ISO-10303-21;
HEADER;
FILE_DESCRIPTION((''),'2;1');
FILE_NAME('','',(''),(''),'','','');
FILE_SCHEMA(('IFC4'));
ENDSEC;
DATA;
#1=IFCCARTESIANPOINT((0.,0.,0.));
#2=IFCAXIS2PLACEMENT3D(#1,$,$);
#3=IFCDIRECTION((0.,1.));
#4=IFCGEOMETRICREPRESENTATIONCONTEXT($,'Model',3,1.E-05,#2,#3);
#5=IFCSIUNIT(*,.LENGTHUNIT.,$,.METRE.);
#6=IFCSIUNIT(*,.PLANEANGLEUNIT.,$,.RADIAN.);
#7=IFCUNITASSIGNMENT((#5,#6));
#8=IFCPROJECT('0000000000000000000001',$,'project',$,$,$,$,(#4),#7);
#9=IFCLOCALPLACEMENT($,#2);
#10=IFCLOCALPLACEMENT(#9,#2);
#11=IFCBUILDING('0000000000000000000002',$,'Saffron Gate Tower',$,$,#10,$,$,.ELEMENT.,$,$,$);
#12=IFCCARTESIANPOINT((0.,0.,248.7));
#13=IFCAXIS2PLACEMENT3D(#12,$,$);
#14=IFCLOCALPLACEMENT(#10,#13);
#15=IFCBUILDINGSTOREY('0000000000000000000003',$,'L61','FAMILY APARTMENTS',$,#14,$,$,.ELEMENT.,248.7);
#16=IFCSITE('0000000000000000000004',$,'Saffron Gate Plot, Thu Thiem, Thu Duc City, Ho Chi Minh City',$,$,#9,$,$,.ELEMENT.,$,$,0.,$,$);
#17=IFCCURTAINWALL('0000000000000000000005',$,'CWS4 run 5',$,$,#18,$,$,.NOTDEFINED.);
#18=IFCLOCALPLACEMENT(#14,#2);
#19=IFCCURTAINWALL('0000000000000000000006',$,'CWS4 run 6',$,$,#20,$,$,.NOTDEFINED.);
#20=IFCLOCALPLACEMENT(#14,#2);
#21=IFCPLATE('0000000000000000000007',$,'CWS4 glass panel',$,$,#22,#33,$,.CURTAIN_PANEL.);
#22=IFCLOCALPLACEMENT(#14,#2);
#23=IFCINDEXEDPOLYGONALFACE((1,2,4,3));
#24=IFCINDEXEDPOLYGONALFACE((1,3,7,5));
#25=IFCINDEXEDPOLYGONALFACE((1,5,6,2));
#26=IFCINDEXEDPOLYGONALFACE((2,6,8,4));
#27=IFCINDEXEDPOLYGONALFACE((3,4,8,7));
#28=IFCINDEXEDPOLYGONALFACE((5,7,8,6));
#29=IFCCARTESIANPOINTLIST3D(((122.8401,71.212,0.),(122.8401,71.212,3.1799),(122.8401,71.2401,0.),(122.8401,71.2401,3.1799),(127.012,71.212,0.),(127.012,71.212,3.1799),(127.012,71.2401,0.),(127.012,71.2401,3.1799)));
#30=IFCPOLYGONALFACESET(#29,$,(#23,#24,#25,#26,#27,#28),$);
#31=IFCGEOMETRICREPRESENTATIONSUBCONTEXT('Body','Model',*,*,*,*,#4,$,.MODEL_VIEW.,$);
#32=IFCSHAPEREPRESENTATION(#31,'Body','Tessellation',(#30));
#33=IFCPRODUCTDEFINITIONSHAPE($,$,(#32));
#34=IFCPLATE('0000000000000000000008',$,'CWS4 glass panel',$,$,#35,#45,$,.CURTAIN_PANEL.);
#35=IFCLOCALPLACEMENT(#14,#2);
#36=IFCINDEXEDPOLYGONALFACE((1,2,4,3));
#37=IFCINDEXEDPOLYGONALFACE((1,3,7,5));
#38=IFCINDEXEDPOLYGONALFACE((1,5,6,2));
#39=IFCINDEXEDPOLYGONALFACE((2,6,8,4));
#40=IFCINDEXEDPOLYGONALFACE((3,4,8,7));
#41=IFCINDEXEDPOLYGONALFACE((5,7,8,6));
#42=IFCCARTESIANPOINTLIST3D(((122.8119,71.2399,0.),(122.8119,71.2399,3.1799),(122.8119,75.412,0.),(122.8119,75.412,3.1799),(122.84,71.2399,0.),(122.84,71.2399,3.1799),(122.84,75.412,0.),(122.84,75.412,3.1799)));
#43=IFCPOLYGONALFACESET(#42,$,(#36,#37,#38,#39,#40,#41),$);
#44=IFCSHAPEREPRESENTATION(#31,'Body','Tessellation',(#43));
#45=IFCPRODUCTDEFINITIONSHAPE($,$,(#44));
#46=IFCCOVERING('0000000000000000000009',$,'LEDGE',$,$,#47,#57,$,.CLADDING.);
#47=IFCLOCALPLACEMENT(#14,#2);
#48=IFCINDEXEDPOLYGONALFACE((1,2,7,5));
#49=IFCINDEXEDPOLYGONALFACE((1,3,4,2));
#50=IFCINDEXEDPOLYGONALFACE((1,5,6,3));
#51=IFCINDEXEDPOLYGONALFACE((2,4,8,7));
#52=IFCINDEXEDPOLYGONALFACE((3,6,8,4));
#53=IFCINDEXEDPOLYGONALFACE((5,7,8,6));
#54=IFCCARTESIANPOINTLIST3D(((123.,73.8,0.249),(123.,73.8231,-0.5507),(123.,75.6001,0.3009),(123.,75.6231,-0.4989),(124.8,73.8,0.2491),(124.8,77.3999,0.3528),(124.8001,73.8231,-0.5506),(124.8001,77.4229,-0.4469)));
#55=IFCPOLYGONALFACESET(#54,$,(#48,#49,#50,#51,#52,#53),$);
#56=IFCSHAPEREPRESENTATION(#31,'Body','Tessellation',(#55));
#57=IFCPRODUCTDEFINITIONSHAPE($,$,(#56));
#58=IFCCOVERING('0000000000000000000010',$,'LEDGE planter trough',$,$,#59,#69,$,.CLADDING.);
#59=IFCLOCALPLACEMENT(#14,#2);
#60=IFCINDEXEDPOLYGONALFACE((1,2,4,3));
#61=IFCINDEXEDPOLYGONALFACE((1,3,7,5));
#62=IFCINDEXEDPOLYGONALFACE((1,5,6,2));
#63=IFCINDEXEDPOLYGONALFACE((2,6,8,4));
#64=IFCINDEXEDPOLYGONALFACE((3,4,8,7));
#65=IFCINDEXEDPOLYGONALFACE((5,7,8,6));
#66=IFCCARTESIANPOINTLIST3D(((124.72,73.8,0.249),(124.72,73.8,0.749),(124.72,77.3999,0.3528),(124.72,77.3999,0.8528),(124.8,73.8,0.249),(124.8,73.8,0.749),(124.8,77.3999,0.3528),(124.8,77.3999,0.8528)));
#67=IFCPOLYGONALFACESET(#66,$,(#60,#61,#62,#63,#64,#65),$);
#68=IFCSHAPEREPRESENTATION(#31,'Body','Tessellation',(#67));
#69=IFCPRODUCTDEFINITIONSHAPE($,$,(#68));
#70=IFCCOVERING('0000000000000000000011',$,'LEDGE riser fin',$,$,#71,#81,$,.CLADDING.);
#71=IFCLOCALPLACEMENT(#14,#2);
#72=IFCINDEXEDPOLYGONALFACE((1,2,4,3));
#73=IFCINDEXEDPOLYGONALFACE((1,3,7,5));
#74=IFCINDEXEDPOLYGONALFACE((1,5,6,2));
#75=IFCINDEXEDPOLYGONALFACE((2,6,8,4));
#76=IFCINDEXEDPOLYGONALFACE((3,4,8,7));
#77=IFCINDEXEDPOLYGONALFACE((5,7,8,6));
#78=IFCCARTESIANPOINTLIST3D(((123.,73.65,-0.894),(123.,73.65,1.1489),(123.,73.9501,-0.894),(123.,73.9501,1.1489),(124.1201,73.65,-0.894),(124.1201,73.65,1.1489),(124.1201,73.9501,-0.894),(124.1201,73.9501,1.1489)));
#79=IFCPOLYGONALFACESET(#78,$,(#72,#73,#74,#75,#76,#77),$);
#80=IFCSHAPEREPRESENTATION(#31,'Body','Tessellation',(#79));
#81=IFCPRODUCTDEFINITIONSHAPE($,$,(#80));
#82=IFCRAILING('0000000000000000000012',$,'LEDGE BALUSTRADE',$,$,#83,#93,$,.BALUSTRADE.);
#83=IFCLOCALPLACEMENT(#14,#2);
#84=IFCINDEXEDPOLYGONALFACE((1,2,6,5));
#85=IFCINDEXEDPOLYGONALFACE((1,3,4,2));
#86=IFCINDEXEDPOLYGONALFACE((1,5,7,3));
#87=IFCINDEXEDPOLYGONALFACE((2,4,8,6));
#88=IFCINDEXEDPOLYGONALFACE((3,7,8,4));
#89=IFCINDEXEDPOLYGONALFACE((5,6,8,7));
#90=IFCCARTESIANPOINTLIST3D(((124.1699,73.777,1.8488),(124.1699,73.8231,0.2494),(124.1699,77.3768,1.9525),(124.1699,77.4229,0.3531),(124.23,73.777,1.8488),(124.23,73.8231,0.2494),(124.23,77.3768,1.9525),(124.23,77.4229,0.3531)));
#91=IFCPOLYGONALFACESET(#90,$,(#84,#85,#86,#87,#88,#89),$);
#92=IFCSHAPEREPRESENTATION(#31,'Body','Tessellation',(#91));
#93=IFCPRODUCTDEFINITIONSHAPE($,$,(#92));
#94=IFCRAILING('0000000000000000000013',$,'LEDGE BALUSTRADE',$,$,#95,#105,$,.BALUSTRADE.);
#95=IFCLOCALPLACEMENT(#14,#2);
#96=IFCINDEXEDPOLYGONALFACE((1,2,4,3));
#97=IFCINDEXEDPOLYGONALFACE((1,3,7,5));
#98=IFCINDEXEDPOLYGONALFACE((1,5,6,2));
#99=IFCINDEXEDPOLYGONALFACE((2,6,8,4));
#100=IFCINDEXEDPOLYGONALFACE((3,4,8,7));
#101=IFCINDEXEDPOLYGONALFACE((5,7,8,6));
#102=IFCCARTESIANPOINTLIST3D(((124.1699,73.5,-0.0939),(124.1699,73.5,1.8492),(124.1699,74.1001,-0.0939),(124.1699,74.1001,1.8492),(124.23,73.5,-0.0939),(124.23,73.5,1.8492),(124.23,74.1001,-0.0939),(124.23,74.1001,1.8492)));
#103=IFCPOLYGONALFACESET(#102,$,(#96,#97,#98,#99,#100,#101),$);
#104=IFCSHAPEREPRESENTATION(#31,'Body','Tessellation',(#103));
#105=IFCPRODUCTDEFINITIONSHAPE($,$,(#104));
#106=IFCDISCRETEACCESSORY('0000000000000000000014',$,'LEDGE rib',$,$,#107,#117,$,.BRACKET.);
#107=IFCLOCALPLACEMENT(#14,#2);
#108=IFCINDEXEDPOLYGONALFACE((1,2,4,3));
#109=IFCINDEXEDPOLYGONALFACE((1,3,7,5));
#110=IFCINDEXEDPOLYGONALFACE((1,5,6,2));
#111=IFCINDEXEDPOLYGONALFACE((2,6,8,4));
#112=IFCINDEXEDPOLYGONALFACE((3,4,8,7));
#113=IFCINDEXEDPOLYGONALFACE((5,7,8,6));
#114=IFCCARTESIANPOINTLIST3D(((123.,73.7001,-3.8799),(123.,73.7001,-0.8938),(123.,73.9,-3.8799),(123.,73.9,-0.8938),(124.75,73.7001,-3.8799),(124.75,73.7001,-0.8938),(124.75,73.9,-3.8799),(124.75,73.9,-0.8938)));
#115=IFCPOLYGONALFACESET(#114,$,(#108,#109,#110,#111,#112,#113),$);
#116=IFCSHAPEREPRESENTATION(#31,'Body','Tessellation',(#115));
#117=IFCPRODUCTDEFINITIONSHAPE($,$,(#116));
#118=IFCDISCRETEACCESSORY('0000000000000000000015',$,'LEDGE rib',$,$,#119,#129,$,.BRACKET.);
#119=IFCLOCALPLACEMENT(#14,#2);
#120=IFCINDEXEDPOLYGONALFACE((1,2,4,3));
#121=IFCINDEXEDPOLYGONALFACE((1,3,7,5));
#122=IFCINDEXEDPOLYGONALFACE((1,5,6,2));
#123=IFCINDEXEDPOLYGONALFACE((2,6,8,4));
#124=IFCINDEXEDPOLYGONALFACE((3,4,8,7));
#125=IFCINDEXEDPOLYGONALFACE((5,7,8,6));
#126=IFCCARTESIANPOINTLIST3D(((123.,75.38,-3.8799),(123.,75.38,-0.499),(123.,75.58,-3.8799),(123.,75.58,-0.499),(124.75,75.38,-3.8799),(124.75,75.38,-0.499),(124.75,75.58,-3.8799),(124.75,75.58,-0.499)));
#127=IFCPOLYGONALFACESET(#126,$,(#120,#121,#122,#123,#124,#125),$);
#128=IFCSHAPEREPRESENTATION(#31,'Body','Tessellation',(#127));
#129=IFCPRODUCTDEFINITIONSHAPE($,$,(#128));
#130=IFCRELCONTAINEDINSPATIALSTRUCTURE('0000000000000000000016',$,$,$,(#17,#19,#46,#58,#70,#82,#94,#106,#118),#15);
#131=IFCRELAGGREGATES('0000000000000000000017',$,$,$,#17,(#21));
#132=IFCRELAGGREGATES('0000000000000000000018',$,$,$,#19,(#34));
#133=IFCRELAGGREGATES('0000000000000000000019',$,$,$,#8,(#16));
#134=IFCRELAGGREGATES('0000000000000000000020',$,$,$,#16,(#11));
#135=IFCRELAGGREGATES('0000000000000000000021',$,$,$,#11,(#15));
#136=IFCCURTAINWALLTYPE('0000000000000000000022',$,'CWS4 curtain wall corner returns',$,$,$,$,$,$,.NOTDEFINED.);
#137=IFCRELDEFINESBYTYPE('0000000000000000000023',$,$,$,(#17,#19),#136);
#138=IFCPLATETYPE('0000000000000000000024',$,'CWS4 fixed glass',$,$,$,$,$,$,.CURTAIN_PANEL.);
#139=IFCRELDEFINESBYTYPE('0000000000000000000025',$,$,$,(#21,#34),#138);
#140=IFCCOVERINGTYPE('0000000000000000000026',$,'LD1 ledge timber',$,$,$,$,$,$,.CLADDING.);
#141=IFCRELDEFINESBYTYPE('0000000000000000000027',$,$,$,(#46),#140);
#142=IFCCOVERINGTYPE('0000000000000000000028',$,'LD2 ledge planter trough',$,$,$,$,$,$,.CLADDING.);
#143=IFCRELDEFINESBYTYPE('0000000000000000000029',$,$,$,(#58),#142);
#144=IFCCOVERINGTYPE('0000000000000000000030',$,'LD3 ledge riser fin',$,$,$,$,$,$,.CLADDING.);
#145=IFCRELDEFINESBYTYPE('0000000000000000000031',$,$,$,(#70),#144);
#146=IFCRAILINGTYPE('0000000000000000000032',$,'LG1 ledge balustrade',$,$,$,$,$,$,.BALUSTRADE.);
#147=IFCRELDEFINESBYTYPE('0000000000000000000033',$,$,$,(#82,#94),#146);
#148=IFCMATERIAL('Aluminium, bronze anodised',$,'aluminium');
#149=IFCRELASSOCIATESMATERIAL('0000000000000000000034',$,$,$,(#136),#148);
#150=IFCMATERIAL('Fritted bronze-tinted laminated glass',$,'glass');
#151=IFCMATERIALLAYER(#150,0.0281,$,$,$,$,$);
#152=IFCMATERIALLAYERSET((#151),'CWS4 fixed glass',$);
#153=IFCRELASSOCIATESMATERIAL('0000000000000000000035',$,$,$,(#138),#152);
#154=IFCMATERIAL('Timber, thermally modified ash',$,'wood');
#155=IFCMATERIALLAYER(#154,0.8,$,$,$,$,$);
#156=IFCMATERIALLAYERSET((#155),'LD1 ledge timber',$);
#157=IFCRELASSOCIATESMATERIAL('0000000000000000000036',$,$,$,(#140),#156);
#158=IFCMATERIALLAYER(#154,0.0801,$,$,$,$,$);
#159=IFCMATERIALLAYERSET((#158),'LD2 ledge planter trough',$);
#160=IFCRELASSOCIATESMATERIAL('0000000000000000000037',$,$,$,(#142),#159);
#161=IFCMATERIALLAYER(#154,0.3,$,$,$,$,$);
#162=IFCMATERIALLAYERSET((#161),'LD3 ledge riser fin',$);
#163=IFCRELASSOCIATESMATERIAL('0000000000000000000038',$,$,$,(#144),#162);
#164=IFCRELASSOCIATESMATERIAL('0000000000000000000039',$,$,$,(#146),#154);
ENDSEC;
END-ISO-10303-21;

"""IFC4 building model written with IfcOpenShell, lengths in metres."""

from ifc_helpers import new_model, si_unit, direction, frame, frame_2d, origin, origin_2d, place, context, subcontext, project, spatial, polyline, rectangle, outline, extrude, material, layer, layer_set, type_object, element, aggregate, save


model = new_model("IFC4")

# Units and contexts
model_context = context("Model", 3, precision=1e-05, world=origin(), true_north=direction((0.0, 1.0)))
body_context = subcontext(model_context, "Body", "Model", "MODEL_VIEW")
ifc_project = project(units=[si_unit("LENGTHUNIT", "METRE"), si_unit("PLANEANGLEUNIT", "RADIAN")], contexts=[model_context])

# Site, building, storey
site_placement = place(None, origin())
site = spatial("IfcSite", under=ifc_project, at=site_placement, Name="Saffron Gate Plot, Thu Thiem, Thu Duc City, Ho Chi Minh City", CompositionType="ELEMENT", RefElevation=0.0)
building_placement = place(site_placement, origin())
building = spatial("IfcBuilding", under=site, at=building_placement, Name="Saffron Gate Tower", CompositionType="ELEMENT")
storey_placement = place(building_placement, frame((0.0, 0.0, 248.7)))
storey = spatial("IfcBuildingStorey", under=building, at=storey_placement, Name="L61", Description="FAMILY APARTMENTS", CompositionType="ELEMENT", Elevation=248.7)

# Shared definitions
ifc_material_1 = material(Name="Aluminium, bronze anodised", Category="aluminium")

# Curtain walls
curtain_wall_type_1 = type_object("IfcCurtainWallType", Name="CWS4 curtain wall corner returns", PredefinedType="NOTDEFINED", material=ifc_material_1)
curtain_wall_1_placement = place(storey_placement, origin())
curtain_wall_1 = element("IfcCurtainWall", 1, at=curtain_wall_1_placement, inside=storey, type_object=curtain_wall_type_1, Name="CWS4 run 5", PredefinedType="NOTDEFINED")
curtain_wall_2_placement = place(storey_placement, origin())
curtain_wall_2 = element("IfcCurtainWall", 2, at=curtain_wall_2_placement, inside=storey, type_object=curtain_wall_type_1, Name="CWS4 run 6", PredefinedType="NOTDEFINED")

# Plates
ifc_material_2 = material(Name="Fritted bronze-tinted laminated glass", Category="glass")
ifc_layer_1 = layer(ifc_material_2, 0.0281)
ifc_layer_set_1 = layer_set([ifc_layer_1], Name="CWS4 fixed glass")
plate_type = type_object("IfcPlateType", Name="CWS4 fixed glass", PredefinedType="CURTAIN_PANEL", material=ifc_layer_set_1)
plate_1_placement = place(storey_placement, frame((127.012, 71.2261, 0.0), z_axis=(0.0, 0.0, 1.0), x_axis=(-1.0, 0.0, 0.0)))
plate_1 = element("IfcPlate", 3, at=plate_1_placement, type_object=plate_type, Name="CWS4 glass panel", PredefinedType="CURTAIN_PANEL", context=body_context, shape_type="SweptSolid", body=[
    extrude(rectangle(XDim=4.1719, YDim=0.0281, at=frame_2d((2.0859, 0.0))), origin(), (0.0, 0.0, 1.0), 3.1799),
])
aggregate(curtain_wall_1, [plate_1])
plate_2_placement = place(storey_placement, frame((122.8259, 71.24, 0.0), z_axis=(0.0, 0.0, 1.0), x_axis=(0.0, 1.0, 0.0)))
plate_2 = element("IfcPlate", 4, at=plate_2_placement, type_object=plate_type, Name="CWS4 glass panel", PredefinedType="CURTAIN_PANEL", context=body_context, shape_type="SweptSolid", body=[
    extrude(rectangle(XDim=4.1721, YDim=0.0281, at=frame_2d((2.0859, 0.0))), origin(), (0.0, 0.0, 1.0), 3.1799),
])
aggregate(curtain_wall_2, [plate_2])

# Coverings
ifc_material_3 = material(Name="Timber, thermally modified ash", Category="wood")
ifc_layer_2 = layer(ifc_material_3, 0.8)
ifc_layer_set_2 = layer_set([ifc_layer_2], Name="LD1 ledge timber")
covering_type_1 = type_object("IfcCoveringType", Name="LD1 ledge timber", PredefinedType="CLADDING", material=ifc_layer_set_2)
covering_1_placement = place(storey_placement, frame((123.0, 73.8, 0.249), z_axis=(-0.000046, -0.028788, 0.999586), x_axis=(0.0, 0.999586, 0.028788)))
element("IfcCovering", 5, at=covering_1_placement, inside=storey, type_object=covering_type_1, Name="LEDGE", PredefinedType="CLADDING", context=body_context, shape_type="SweptSolid", body=[
    extrude(outline(polyline([(0.0, 0.0), (1.8008, 0.0), (3.6013, -1.8), (0.0, -1.8), (0.0, 0.0)])), origin(), (0.0, 0.0, -1.0), 0.8),
])
ifc_layer_3 = layer(ifc_material_3, 0.0801)
ifc_layer_set_3 = layer_set([ifc_layer_3], Name="LD2 ledge planter trough")
covering_type_2 = type_object("IfcCoveringType", Name="LD2 ledge planter trough", PredefinedType="CLADDING", material=ifc_layer_set_3)
covering_2_placement = place(storey_placement, frame((124.8, 73.8, 0.249), z_axis=(1.0, 0.0, 0.0), x_axis=(0.0, 0.999585, 0.028811)))
element("IfcCovering", 6, at=covering_2_placement, inside=storey, type_object=covering_type_2, Name="LEDGE planter trough", PredefinedType="CLADDING", context=body_context, shape_type="SweptSolid", body=[
    extrude(outline(polyline([(0.0, 0.0), (3.6013, 0.0), (3.6158, 0.4998), (0.0144, 0.4998), (0.0, 0.0)])), origin(), (0.0, 0.0, -1.0), 0.0801),
])
ifc_layer_4 = layer(ifc_material_3, 0.3)
ifc_layer_set_4 = layer_set([ifc_layer_4], Name="LD3 ledge riser fin")
covering_type_3 = type_object("IfcCoveringType", Name="LD3 ledge riser fin", PredefinedType="CLADDING", material=ifc_layer_set_4)
covering_3_placement = place(storey_placement, frame((123.5601, 73.8, -0.894), z_axis=(0.0, 0.0, 1.0), x_axis=(0.0, 1.0, 0.0)))
element("IfcCovering", 7, at=covering_3_placement, inside=storey, type_object=covering_type_3, Name="LEDGE riser fin", PredefinedType="CLADDING", context=body_context, shape_type="SweptSolid", body=[
    extrude(rectangle(XDim=0.3, YDim=1.1201, at=origin_2d()), origin(), (0.0, 0.0, 1.0), 2.043),
])

# Railings
railing_type = type_object("IfcRailingType", Name="LG1 ledge balustrade", PredefinedType="BALUSTRADE", material=ifc_material_3)
railing_1_placement = place(storey_placement, frame((124.2, 73.8, 0.249)))
element("IfcRailing", 8, at=railing_1_placement, inside=storey, type_object=railing_type, Name="LEDGE BALUSTRADE", PredefinedType="BALUSTRADE", context=body_context, shape_type="SweptSolid", body=[
    extrude(rectangle(XDim=0.0601, YDim=1.6001, at=origin_2d()), frame((0.0, 0.0, 0.8), z_axis=(0.0, 0.999585, 0.028811), x_axis=(-1.0, 0.0, 0.0)), (0.0, 0.0, 1.0), 3.6013),
])
railing_2_placement = place(storey_placement, frame((124.2, 73.5, -0.094)))
element("IfcRailing", 9, at=railing_2_placement, inside=storey, type_object=railing_type, Name="LEDGE BALUSTRADE", PredefinedType="BALUSTRADE", context=body_context, shape_type="SweptSolid", body=[
    extrude(rectangle(XDim=0.0601, YDim=1.9431, at=origin_2d()), frame((0.0, 0.0, 0.9717), z_axis=(0.0, 1.0, 0.0), x_axis=(-1.0, 0.0, 0.0)), (0.0, 0.0, 1.0), 0.6001),
])

# Discrete accessories
discrete_accessory_1_placement = place(storey_placement, frame((123.875, 73.8, -3.8799), z_axis=(0.0, 0.0, 1.0), x_axis=(0.0, 1.0, 0.0)))
element("IfcDiscreteAccessory", 10, at=discrete_accessory_1_placement, inside=storey, Name="LEDGE rib", PredefinedType="BRACKET", context=body_context, shape_type="SweptSolid", body=[
    extrude(rectangle(XDim=0.2, YDim=1.75, at=origin_2d()), origin(), (0.0, 0.0, 1.0), 2.9861),
])
discrete_accessory_2_placement = place(storey_placement, frame((123.875, 75.48, -3.8799), z_axis=(0.0, 0.0, 1.0), x_axis=(0.0, 1.0, 0.0)))
element("IfcDiscreteAccessory", 11, at=discrete_accessory_2_placement, inside=storey, Name="LEDGE rib", PredefinedType="BRACKET", context=body_context, shape_type="SweptSolid", body=[
    extrude(rectangle(XDim=0.2, YDim=1.75, at=origin_2d()), origin(), (0.0, 0.0, 1.0), 3.3809),
])

save(model, "model.ifc")
